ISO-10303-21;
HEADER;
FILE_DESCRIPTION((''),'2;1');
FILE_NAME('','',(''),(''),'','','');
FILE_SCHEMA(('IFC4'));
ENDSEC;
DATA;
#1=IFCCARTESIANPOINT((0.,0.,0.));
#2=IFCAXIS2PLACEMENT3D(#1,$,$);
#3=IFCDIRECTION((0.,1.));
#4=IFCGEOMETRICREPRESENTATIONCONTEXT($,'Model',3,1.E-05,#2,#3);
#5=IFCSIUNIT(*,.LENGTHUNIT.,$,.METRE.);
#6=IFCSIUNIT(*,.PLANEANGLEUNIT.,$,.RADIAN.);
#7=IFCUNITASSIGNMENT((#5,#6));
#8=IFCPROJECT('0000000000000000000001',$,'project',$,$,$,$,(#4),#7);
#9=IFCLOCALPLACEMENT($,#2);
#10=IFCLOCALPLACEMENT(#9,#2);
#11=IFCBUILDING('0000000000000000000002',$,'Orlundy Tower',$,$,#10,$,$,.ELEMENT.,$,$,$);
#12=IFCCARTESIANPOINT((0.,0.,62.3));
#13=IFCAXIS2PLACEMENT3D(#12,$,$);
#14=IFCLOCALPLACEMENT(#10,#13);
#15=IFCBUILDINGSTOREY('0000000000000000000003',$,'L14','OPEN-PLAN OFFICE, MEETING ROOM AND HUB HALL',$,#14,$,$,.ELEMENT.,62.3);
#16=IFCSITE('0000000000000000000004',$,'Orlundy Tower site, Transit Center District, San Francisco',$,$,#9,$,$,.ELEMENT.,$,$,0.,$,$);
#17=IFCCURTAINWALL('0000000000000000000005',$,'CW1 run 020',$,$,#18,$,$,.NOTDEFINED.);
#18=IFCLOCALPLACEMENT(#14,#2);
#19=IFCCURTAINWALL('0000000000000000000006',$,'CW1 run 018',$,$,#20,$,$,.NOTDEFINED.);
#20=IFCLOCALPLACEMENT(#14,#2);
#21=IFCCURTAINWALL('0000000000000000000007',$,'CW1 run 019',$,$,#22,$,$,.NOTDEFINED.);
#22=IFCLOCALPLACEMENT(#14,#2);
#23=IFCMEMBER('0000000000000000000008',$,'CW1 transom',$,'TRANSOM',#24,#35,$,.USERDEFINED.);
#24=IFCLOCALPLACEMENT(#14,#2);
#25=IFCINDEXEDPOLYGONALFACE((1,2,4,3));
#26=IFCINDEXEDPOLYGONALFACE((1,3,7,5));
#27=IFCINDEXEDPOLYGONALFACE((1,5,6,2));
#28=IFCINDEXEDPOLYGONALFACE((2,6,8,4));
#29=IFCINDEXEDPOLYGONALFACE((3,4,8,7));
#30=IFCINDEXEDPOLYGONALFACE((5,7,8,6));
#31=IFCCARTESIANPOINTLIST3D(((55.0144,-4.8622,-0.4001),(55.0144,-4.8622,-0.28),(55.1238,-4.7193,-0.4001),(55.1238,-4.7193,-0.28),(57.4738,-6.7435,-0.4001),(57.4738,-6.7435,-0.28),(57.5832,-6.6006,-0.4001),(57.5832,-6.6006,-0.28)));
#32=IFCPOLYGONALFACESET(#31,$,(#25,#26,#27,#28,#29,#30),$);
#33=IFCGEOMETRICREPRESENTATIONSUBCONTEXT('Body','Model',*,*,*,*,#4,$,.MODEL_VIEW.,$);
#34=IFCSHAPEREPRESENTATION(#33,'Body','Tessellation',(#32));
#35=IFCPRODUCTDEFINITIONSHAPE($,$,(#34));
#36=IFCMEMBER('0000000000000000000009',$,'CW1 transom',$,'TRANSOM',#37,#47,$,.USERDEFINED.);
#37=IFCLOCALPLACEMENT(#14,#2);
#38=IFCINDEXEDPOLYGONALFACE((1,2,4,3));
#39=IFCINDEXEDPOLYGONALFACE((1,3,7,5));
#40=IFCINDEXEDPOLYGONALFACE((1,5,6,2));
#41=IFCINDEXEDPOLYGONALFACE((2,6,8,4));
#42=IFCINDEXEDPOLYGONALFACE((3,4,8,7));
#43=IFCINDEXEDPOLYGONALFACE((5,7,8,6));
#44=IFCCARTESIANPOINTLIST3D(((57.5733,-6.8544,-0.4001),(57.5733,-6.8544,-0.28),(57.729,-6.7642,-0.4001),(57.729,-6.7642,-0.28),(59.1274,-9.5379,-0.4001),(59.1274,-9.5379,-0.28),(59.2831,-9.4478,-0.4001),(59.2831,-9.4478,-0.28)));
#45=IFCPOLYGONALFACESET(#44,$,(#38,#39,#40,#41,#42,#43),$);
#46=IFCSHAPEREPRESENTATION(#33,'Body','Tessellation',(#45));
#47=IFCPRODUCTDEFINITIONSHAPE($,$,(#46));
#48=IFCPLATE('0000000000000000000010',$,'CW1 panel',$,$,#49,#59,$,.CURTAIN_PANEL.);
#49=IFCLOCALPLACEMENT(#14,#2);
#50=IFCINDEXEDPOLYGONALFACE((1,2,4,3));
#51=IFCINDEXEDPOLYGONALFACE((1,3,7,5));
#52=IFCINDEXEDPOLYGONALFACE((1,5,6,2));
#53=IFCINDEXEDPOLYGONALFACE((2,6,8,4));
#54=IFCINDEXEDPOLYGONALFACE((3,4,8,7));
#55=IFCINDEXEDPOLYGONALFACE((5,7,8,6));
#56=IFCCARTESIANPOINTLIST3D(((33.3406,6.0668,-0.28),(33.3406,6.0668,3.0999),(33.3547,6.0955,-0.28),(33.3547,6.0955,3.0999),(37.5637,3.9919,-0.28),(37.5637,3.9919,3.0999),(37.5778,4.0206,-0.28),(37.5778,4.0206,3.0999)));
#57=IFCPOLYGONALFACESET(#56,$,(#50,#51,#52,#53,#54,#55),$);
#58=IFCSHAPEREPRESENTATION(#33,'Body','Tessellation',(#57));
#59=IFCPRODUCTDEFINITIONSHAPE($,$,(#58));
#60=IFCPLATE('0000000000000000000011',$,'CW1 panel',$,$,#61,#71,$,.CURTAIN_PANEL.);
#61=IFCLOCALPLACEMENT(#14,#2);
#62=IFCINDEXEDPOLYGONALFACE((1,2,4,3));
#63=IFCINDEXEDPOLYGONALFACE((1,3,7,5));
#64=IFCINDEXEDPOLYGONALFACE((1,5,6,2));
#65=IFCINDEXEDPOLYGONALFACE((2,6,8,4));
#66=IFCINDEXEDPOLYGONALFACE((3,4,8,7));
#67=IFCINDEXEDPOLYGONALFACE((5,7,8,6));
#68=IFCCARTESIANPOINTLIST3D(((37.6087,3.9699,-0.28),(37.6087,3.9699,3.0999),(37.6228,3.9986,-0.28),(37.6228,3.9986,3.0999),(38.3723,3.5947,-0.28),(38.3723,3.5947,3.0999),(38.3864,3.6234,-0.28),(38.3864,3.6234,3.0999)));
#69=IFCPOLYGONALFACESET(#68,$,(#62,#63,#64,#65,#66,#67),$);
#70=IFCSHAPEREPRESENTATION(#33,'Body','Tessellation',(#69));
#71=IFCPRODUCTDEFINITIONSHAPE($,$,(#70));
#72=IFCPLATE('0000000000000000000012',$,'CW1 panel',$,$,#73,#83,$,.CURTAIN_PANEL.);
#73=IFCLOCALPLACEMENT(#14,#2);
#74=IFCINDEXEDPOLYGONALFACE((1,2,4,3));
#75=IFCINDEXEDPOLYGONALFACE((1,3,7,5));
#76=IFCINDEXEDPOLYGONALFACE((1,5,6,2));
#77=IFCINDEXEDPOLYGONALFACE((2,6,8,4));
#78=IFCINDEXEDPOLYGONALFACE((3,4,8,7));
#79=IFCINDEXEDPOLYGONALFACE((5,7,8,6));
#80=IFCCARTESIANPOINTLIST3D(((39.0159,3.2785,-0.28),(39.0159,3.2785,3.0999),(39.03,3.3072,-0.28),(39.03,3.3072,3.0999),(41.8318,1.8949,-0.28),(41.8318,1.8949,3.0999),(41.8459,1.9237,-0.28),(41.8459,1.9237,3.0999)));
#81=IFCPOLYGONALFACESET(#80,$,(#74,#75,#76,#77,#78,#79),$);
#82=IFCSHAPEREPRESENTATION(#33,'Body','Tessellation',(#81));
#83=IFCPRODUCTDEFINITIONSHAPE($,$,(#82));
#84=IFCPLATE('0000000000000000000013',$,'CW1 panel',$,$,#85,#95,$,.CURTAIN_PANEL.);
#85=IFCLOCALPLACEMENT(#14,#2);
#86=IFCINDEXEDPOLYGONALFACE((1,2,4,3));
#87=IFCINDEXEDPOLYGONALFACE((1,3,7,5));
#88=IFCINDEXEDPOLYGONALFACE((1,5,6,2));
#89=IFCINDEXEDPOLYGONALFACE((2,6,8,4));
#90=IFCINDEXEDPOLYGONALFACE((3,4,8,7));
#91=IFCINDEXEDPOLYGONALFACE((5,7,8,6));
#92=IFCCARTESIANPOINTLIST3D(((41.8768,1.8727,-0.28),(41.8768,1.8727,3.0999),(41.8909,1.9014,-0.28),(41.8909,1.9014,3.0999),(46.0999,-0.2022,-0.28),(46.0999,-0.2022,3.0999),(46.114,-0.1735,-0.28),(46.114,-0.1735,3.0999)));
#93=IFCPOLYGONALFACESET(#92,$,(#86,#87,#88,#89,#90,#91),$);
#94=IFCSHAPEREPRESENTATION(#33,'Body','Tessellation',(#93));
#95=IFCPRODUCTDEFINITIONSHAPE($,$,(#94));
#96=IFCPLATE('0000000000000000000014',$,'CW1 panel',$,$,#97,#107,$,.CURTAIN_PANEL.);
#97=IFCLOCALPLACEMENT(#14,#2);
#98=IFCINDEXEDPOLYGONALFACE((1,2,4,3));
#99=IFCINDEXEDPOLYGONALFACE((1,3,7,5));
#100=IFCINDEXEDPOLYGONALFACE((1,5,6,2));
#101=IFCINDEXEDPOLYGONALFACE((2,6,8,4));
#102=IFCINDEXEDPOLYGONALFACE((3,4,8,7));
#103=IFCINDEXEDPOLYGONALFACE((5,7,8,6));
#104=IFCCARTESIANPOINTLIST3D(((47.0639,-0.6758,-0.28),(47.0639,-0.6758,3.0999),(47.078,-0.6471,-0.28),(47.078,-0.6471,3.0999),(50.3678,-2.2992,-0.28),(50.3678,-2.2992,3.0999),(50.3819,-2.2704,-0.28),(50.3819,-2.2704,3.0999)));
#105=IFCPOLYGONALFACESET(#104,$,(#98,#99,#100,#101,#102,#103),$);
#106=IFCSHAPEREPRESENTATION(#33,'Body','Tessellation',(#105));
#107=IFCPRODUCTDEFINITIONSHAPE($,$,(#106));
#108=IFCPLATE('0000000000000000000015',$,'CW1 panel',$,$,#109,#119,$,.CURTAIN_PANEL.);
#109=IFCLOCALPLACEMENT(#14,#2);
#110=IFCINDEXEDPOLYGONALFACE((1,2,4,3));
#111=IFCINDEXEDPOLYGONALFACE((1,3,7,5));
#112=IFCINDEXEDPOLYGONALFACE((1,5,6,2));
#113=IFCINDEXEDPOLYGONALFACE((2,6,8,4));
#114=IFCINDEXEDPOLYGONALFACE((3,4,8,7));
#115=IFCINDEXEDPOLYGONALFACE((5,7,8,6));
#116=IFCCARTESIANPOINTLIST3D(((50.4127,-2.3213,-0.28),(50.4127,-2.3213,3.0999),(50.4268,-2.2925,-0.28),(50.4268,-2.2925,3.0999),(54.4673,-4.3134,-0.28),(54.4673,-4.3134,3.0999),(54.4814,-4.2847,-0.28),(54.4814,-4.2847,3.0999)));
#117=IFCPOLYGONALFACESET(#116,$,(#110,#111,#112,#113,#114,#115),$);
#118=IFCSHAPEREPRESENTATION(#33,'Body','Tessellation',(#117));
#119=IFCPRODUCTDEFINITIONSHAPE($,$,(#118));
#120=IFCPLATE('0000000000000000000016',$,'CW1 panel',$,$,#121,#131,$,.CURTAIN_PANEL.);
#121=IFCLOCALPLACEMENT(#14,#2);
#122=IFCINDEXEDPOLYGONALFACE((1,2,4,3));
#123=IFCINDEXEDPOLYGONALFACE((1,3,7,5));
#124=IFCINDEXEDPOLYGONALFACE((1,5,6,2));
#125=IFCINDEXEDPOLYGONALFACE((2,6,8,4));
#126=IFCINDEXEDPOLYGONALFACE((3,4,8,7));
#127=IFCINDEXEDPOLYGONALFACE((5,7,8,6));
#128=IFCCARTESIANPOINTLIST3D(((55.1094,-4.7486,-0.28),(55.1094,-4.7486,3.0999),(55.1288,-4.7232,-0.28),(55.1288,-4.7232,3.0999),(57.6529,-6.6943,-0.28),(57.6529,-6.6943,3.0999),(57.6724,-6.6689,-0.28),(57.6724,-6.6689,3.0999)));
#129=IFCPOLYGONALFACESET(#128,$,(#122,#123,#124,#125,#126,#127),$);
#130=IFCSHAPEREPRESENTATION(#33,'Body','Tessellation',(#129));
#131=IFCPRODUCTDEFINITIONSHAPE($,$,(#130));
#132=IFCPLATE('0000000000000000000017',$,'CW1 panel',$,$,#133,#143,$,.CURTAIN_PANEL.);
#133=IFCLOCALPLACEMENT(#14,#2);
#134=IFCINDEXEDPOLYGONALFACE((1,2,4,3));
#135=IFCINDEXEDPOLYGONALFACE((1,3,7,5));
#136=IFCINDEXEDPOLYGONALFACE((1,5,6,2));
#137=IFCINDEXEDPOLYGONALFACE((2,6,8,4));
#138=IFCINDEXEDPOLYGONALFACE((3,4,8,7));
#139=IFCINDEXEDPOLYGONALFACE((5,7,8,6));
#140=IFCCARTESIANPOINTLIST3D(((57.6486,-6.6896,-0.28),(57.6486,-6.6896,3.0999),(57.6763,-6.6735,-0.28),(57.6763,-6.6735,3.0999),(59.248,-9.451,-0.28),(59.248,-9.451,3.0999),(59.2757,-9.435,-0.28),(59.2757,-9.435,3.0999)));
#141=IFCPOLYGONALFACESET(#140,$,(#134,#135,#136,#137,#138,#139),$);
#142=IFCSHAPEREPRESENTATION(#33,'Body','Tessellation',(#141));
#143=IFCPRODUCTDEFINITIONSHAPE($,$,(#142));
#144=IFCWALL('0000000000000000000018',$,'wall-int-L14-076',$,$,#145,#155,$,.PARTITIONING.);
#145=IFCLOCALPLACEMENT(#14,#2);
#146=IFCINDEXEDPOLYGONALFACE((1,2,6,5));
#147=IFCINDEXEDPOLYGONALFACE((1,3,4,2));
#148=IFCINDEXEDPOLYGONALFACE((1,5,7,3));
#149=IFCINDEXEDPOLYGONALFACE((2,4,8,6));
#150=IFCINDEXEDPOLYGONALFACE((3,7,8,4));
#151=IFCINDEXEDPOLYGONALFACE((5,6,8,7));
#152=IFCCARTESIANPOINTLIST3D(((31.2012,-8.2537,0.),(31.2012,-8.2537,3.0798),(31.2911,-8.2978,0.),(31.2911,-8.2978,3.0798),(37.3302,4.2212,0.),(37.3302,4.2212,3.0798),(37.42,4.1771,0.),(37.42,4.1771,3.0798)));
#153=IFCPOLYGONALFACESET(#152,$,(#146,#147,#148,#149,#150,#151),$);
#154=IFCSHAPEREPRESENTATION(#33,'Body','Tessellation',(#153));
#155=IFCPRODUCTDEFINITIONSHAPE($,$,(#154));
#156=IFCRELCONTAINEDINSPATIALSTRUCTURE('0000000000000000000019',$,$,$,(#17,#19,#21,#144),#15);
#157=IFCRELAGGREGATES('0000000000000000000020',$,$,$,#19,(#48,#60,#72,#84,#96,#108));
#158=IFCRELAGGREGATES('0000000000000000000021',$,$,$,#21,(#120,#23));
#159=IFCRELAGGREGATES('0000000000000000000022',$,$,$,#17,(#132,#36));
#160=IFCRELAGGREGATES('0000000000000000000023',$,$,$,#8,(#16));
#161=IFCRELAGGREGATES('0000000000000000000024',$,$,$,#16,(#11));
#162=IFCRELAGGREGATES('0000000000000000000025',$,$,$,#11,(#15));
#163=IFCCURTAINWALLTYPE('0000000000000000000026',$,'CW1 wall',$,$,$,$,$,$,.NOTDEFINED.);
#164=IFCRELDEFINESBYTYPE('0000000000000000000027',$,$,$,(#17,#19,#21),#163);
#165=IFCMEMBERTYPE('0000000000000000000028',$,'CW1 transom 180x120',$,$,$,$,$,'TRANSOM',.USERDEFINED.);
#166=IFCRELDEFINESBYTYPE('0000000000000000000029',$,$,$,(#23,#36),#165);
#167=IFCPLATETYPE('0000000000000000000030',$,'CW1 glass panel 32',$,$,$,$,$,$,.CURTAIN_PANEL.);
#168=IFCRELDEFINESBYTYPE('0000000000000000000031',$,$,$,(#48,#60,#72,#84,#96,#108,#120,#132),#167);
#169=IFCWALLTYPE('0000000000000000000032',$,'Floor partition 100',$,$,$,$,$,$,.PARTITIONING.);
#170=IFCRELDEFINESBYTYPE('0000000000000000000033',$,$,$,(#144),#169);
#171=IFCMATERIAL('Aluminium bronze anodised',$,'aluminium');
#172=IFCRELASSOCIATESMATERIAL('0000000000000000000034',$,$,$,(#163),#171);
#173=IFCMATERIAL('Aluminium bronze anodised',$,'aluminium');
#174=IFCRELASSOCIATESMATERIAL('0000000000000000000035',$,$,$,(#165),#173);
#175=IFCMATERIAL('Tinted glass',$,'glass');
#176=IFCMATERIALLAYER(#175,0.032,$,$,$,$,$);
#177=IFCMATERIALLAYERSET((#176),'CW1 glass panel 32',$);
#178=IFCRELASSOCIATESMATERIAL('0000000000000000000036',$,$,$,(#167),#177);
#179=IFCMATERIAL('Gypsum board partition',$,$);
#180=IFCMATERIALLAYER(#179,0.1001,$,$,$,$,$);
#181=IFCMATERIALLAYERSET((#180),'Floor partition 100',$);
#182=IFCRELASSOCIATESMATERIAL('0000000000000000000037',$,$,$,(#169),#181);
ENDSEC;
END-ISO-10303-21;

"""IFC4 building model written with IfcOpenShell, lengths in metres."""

from ifc_helpers import new_model, si_unit, direction, frame, frame_2d, origin, origin_2d, place, context, subcontext, project, spatial, rectangle, extrude, material, layer, layer_set, material_profile, profile_set, type_object, element, aggregate, save


model = new_model("IFC4")

# Units and contexts
model_context = context("Model", 3, precision=1e-05, world=origin(), true_north=direction((0.0, 1.0)))
body_context = subcontext(model_context, "Body", "Model", "MODEL_VIEW")
ifc_project = project(units=[si_unit("LENGTHUNIT", "METRE"), si_unit("PLANEANGLEUNIT", "RADIAN")], contexts=[model_context])

# Site, building, storey
site_placement = place(None, origin())
site = spatial("IfcSite", under=ifc_project, at=site_placement, Name="Orlundy Tower site, Transit Center District, San Francisco", CompositionType="ELEMENT", RefElevation=0.0)
building_placement = place(site_placement, origin())
building = spatial("IfcBuilding", under=site, at=building_placement, Name="Orlundy Tower", CompositionType="ELEMENT")
storey_placement = place(building_placement, frame((0.0, 0.0, 62.3)))
storey = spatial("IfcBuildingStorey", under=building, at=storey_placement, Name="L14", Description="OPEN-PLAN OFFICE, MEETING ROOM AND HUB HALL", CompositionType="ELEMENT", Elevation=62.3)

# Curtain wall
ifc_material_1 = material(Name="Aluminium bronze anodised", Category="aluminium")
curtain_wall_type = type_object("IfcCurtainWallType", Name="CW1 wall", PredefinedType="NOTDEFINED", material=ifc_material_1)
curtain_wall_1_placement = place(storey_placement, origin())
curtain_wall_1 = element("IfcCurtainWall", 1, at=curtain_wall_1_placement, inside=storey, type_object=curtain_wall_type, Name="CW1 run 020", PredefinedType="NOTDEFINED")

# Curtain wall
curtain_wall_2_placement = place(storey_placement, origin())
curtain_wall_2 = element("IfcCurtainWall", 2, at=curtain_wall_2_placement, inside=storey, type_object=curtain_wall_type, Name="CW1 run 018", PredefinedType="NOTDEFINED")
ifc_material_2 = material(Name="Aluminium bronze anodised", Category="aluminium")
ifc_material_profile_1 = material_profile(ifc_material_2, rectangle(XDim=0.1799, YDim=0.1201, at=origin_2d()), Name="CW1 transom 180x120")
ifc_profile_set_1 = profile_set([ifc_material_profile_1], Name="Aluminium bronze anodised")
member_type_1 = type_object("IfcMemberType", Name="CW1 transom 180x120", ElementType="TRANSOM", PredefinedType="USERDEFINED", material=ifc_profile_set_1)

# Curtain wall, member
curtain_wall_3_placement = place(storey_placement, origin())
curtain_wall_3 = element("IfcCurtainWall", 3, at=curtain_wall_3_placement, inside=storey, type_object=curtain_wall_type, Name="CW1 run 019", PredefinedType="NOTDEFINED")
member_1_placement = place(storey_placement, frame((55.0691, -4.7908, -0.3401), z_axis=(0.794268, -0.607567, 0.0), x_axis=(0.607567, 0.794268, 0.0)))
member_1 = element("IfcMember", 4, at=member_1_placement, type_object=member_type_1, Name="CW1 transom", ObjectType="TRANSOM", PredefinedType="USERDEFINED", context=body_context, shape_type="SweptSolid", body=[
    extrude(rectangle(XDim=0.1799, YDim=0.1201, at=origin_2d()), origin(), (0.0, 0.0, 1.0), 3.0964),
])

# Member
member_2_placement = place(storey_placement, frame((57.6511, -6.8093, -0.3401), z_axis=(0.501167, -0.865351, 0.0), x_axis=(0.865351, 0.501167, 0.0)))
member_2 = element("IfcMember", 5, at=member_2_placement, type_object=member_type_1, Name="CW1 transom", ObjectType="TRANSOM", PredefinedType="USERDEFINED", context=body_context, shape_type="SweptSolid", body=[
    extrude(rectangle(XDim=0.1799, YDim=0.1201, at=origin_2d()), origin(), (0.0, 0.0, 1.0), 3.1011),
])

# Plates
ifc_material_3 = material(Name="Tinted glass", Category="glass")
ifc_layer_1 = layer(ifc_material_3, 0.032)
ifc_layer_set_1 = layer_set([ifc_layer_1], Name="CW1 glass panel 32")
plate_type = type_object("IfcPlateType", Name="CW1 glass panel 32", PredefinedType="CURTAIN_PANEL", material=ifc_layer_set_1)
plate_1_placement = place(storey_placement, frame((35.4592, 5.0437, -0.28), z_axis=(0.0, 0.0, 1.0), x_axis=(0.897518, -0.440978, 0.0)))
plate_1 = element("IfcPlate", 6, at=plate_1_placement, type_object=plate_type, Name="CW1 panel", PredefinedType="CURTAIN_PANEL", context=body_context, shape_type="SweptSolid", body=[
    extrude(rectangle(XDim=4.7053, YDim=0.032, at=origin_2d()), origin(), (0.0, 0.0, 1.0), 3.3799),
])
plate_2_placement = place(storey_placement, frame((37.9976, 3.7966, -0.28), z_axis=(0.0, 0.0, 1.0), x_axis=(0.897518, -0.440978, 0.0)))
plate_2 = element("IfcPlate", 7, at=plate_2_placement, type_object=plate_type, Name="CW1 panel", PredefinedType="CURTAIN_PANEL", context=body_context, shape_type="SweptSolid", body=[
    extrude(rectangle(XDim=0.8508, YDim=0.032, at=origin_2d()), origin(), (0.0, 0.0, 1.0), 3.3799),
])
plate_3_placement = place(storey_placement, frame((40.4309, 2.6011, -0.28), z_axis=(0.0, 0.0, 1.0), x_axis=(0.897518, -0.440978, 0.0)))
plate_3 = element("IfcPlate", 8, at=plate_3_placement, type_object=plate_type, Name="CW1 panel", PredefinedType="CURTAIN_PANEL", context=body_context, shape_type="SweptSolid", body=[
    extrude(rectangle(XDim=3.1375, YDim=0.032, at=origin_2d()), origin(), (0.0, 0.0, 1.0), 3.3799),
])
plate_4_placement = place(storey_placement, frame((43.9954, 0.8496, -0.28), z_axis=(0.0, 0.0, 1.0), x_axis=(0.897518, -0.440978, 0.0)))
plate_4 = element("IfcPlate", 9, at=plate_4_placement, type_object=plate_type, Name="CW1 panel", PredefinedType="CURTAIN_PANEL", context=body_context, shape_type="SweptSolid", body=[
    extrude(rectangle(XDim=4.7053, YDim=0.032, at=origin_2d()), origin(), (0.0, 0.0, 1.0), 3.3799),
])
plate_5_placement = place(storey_placement, frame((48.7229, -1.4731, -0.28), z_axis=(0.0, 0.0, 1.0), x_axis=(0.897518, -0.440978, 0.0)))
plate_5 = element("IfcPlate", 10, at=plate_5_placement, type_object=plate_type, Name="CW1 panel", PredefinedType="CURTAIN_PANEL", context=body_context, shape_type="SweptSolid", body=[
    extrude(rectangle(XDim=3.6812, YDim=0.032, at=origin_2d()), origin(), (0.0, 0.0, 1.0), 3.3799),
])
plate_6_placement = place(storey_placement, frame((52.447, -3.303, -0.28), z_axis=(0.0, 0.0, 1.0), x_axis=(0.897518, -0.440978, 0.0)))
plate_6 = element("IfcPlate", 11, at=plate_6_placement, type_object=plate_type, Name="CW1 panel", PredefinedType="CURTAIN_PANEL", context=body_context, shape_type="SweptSolid", body=[
    extrude(rectangle(XDim=4.5176, YDim=0.032, at=origin_2d()), origin(), (0.0, 0.0, 1.0), 3.3799),
])
aggregate(curtain_wall_2, [plate_1, plate_2, plate_3, plate_4, plate_5, plate_6])
plate_7_placement = place(storey_placement, frame((56.3909, -5.7087, -0.28), z_axis=(0.0, 0.0, 1.0), x_axis=(0.794266, -0.60757, 0.0)))
plate_7 = element("IfcPlate", 12, at=plate_7_placement, type_object=plate_type, Name="CW1 panel", PredefinedType="CURTAIN_PANEL", context=body_context, shape_type="SweptSolid", body=[
    extrude(rectangle(XDim=3.2024, YDim=0.032, at=origin_2d()), origin(), (0.0, 0.0, 1.0), 3.3799),
])
aggregate(curtain_wall_3, [plate_7, member_1])
plate_8_placement = place(storey_placement, frame((58.4622, -8.0623, -0.28), z_axis=(0.0, 0.0, 1.0), x_axis=(0.501185, -0.86534, 0.0)))
plate_8 = element("IfcPlate", 13, at=plate_8_placement, type_object=plate_type, Name="CW1 panel", PredefinedType="CURTAIN_PANEL", context=body_context, shape_type="SweptSolid", body=[
    extrude(rectangle(XDim=3.1912, YDim=0.032, at=origin_2d()), origin(), (0.0, 0.0, 1.0), 3.3799),
])
aggregate(curtain_wall_1, [plate_8, member_2])

# Wall
ifc_material_4 = material(Name="Gypsum board partition")
ifc_layer_2 = layer(ifc_material_4, 0.1001)
ifc_layer_set_2 = layer_set([ifc_layer_2], Name="Floor partition 100")
wall_type_1 = type_object("IfcWallType", Name="Floor partition 100", PredefinedType="PARTITIONING", material=ifc_layer_set_2)
wall_1_placement = place(storey_placement, frame((31.2461, -8.2759, 0.0), z_axis=(0.0, 0.0, 1.0), x_axis=(0.440957, 0.897528, 0.0)))
element("IfcWall", 14, at=wall_1_placement, inside=storey, type_object=wall_type_1, Name="wall-int-L14-076", PredefinedType="PARTITIONING", context=body_context, shape_type="SweptSolid", body=[
    extrude(rectangle(XDim=13.8992, YDim=0.1001, at=frame_2d((6.9497, 0.0))), origin(), (0.0, 0.0, 1.0), 3.0798),
])

save(model, "model.ifc")
